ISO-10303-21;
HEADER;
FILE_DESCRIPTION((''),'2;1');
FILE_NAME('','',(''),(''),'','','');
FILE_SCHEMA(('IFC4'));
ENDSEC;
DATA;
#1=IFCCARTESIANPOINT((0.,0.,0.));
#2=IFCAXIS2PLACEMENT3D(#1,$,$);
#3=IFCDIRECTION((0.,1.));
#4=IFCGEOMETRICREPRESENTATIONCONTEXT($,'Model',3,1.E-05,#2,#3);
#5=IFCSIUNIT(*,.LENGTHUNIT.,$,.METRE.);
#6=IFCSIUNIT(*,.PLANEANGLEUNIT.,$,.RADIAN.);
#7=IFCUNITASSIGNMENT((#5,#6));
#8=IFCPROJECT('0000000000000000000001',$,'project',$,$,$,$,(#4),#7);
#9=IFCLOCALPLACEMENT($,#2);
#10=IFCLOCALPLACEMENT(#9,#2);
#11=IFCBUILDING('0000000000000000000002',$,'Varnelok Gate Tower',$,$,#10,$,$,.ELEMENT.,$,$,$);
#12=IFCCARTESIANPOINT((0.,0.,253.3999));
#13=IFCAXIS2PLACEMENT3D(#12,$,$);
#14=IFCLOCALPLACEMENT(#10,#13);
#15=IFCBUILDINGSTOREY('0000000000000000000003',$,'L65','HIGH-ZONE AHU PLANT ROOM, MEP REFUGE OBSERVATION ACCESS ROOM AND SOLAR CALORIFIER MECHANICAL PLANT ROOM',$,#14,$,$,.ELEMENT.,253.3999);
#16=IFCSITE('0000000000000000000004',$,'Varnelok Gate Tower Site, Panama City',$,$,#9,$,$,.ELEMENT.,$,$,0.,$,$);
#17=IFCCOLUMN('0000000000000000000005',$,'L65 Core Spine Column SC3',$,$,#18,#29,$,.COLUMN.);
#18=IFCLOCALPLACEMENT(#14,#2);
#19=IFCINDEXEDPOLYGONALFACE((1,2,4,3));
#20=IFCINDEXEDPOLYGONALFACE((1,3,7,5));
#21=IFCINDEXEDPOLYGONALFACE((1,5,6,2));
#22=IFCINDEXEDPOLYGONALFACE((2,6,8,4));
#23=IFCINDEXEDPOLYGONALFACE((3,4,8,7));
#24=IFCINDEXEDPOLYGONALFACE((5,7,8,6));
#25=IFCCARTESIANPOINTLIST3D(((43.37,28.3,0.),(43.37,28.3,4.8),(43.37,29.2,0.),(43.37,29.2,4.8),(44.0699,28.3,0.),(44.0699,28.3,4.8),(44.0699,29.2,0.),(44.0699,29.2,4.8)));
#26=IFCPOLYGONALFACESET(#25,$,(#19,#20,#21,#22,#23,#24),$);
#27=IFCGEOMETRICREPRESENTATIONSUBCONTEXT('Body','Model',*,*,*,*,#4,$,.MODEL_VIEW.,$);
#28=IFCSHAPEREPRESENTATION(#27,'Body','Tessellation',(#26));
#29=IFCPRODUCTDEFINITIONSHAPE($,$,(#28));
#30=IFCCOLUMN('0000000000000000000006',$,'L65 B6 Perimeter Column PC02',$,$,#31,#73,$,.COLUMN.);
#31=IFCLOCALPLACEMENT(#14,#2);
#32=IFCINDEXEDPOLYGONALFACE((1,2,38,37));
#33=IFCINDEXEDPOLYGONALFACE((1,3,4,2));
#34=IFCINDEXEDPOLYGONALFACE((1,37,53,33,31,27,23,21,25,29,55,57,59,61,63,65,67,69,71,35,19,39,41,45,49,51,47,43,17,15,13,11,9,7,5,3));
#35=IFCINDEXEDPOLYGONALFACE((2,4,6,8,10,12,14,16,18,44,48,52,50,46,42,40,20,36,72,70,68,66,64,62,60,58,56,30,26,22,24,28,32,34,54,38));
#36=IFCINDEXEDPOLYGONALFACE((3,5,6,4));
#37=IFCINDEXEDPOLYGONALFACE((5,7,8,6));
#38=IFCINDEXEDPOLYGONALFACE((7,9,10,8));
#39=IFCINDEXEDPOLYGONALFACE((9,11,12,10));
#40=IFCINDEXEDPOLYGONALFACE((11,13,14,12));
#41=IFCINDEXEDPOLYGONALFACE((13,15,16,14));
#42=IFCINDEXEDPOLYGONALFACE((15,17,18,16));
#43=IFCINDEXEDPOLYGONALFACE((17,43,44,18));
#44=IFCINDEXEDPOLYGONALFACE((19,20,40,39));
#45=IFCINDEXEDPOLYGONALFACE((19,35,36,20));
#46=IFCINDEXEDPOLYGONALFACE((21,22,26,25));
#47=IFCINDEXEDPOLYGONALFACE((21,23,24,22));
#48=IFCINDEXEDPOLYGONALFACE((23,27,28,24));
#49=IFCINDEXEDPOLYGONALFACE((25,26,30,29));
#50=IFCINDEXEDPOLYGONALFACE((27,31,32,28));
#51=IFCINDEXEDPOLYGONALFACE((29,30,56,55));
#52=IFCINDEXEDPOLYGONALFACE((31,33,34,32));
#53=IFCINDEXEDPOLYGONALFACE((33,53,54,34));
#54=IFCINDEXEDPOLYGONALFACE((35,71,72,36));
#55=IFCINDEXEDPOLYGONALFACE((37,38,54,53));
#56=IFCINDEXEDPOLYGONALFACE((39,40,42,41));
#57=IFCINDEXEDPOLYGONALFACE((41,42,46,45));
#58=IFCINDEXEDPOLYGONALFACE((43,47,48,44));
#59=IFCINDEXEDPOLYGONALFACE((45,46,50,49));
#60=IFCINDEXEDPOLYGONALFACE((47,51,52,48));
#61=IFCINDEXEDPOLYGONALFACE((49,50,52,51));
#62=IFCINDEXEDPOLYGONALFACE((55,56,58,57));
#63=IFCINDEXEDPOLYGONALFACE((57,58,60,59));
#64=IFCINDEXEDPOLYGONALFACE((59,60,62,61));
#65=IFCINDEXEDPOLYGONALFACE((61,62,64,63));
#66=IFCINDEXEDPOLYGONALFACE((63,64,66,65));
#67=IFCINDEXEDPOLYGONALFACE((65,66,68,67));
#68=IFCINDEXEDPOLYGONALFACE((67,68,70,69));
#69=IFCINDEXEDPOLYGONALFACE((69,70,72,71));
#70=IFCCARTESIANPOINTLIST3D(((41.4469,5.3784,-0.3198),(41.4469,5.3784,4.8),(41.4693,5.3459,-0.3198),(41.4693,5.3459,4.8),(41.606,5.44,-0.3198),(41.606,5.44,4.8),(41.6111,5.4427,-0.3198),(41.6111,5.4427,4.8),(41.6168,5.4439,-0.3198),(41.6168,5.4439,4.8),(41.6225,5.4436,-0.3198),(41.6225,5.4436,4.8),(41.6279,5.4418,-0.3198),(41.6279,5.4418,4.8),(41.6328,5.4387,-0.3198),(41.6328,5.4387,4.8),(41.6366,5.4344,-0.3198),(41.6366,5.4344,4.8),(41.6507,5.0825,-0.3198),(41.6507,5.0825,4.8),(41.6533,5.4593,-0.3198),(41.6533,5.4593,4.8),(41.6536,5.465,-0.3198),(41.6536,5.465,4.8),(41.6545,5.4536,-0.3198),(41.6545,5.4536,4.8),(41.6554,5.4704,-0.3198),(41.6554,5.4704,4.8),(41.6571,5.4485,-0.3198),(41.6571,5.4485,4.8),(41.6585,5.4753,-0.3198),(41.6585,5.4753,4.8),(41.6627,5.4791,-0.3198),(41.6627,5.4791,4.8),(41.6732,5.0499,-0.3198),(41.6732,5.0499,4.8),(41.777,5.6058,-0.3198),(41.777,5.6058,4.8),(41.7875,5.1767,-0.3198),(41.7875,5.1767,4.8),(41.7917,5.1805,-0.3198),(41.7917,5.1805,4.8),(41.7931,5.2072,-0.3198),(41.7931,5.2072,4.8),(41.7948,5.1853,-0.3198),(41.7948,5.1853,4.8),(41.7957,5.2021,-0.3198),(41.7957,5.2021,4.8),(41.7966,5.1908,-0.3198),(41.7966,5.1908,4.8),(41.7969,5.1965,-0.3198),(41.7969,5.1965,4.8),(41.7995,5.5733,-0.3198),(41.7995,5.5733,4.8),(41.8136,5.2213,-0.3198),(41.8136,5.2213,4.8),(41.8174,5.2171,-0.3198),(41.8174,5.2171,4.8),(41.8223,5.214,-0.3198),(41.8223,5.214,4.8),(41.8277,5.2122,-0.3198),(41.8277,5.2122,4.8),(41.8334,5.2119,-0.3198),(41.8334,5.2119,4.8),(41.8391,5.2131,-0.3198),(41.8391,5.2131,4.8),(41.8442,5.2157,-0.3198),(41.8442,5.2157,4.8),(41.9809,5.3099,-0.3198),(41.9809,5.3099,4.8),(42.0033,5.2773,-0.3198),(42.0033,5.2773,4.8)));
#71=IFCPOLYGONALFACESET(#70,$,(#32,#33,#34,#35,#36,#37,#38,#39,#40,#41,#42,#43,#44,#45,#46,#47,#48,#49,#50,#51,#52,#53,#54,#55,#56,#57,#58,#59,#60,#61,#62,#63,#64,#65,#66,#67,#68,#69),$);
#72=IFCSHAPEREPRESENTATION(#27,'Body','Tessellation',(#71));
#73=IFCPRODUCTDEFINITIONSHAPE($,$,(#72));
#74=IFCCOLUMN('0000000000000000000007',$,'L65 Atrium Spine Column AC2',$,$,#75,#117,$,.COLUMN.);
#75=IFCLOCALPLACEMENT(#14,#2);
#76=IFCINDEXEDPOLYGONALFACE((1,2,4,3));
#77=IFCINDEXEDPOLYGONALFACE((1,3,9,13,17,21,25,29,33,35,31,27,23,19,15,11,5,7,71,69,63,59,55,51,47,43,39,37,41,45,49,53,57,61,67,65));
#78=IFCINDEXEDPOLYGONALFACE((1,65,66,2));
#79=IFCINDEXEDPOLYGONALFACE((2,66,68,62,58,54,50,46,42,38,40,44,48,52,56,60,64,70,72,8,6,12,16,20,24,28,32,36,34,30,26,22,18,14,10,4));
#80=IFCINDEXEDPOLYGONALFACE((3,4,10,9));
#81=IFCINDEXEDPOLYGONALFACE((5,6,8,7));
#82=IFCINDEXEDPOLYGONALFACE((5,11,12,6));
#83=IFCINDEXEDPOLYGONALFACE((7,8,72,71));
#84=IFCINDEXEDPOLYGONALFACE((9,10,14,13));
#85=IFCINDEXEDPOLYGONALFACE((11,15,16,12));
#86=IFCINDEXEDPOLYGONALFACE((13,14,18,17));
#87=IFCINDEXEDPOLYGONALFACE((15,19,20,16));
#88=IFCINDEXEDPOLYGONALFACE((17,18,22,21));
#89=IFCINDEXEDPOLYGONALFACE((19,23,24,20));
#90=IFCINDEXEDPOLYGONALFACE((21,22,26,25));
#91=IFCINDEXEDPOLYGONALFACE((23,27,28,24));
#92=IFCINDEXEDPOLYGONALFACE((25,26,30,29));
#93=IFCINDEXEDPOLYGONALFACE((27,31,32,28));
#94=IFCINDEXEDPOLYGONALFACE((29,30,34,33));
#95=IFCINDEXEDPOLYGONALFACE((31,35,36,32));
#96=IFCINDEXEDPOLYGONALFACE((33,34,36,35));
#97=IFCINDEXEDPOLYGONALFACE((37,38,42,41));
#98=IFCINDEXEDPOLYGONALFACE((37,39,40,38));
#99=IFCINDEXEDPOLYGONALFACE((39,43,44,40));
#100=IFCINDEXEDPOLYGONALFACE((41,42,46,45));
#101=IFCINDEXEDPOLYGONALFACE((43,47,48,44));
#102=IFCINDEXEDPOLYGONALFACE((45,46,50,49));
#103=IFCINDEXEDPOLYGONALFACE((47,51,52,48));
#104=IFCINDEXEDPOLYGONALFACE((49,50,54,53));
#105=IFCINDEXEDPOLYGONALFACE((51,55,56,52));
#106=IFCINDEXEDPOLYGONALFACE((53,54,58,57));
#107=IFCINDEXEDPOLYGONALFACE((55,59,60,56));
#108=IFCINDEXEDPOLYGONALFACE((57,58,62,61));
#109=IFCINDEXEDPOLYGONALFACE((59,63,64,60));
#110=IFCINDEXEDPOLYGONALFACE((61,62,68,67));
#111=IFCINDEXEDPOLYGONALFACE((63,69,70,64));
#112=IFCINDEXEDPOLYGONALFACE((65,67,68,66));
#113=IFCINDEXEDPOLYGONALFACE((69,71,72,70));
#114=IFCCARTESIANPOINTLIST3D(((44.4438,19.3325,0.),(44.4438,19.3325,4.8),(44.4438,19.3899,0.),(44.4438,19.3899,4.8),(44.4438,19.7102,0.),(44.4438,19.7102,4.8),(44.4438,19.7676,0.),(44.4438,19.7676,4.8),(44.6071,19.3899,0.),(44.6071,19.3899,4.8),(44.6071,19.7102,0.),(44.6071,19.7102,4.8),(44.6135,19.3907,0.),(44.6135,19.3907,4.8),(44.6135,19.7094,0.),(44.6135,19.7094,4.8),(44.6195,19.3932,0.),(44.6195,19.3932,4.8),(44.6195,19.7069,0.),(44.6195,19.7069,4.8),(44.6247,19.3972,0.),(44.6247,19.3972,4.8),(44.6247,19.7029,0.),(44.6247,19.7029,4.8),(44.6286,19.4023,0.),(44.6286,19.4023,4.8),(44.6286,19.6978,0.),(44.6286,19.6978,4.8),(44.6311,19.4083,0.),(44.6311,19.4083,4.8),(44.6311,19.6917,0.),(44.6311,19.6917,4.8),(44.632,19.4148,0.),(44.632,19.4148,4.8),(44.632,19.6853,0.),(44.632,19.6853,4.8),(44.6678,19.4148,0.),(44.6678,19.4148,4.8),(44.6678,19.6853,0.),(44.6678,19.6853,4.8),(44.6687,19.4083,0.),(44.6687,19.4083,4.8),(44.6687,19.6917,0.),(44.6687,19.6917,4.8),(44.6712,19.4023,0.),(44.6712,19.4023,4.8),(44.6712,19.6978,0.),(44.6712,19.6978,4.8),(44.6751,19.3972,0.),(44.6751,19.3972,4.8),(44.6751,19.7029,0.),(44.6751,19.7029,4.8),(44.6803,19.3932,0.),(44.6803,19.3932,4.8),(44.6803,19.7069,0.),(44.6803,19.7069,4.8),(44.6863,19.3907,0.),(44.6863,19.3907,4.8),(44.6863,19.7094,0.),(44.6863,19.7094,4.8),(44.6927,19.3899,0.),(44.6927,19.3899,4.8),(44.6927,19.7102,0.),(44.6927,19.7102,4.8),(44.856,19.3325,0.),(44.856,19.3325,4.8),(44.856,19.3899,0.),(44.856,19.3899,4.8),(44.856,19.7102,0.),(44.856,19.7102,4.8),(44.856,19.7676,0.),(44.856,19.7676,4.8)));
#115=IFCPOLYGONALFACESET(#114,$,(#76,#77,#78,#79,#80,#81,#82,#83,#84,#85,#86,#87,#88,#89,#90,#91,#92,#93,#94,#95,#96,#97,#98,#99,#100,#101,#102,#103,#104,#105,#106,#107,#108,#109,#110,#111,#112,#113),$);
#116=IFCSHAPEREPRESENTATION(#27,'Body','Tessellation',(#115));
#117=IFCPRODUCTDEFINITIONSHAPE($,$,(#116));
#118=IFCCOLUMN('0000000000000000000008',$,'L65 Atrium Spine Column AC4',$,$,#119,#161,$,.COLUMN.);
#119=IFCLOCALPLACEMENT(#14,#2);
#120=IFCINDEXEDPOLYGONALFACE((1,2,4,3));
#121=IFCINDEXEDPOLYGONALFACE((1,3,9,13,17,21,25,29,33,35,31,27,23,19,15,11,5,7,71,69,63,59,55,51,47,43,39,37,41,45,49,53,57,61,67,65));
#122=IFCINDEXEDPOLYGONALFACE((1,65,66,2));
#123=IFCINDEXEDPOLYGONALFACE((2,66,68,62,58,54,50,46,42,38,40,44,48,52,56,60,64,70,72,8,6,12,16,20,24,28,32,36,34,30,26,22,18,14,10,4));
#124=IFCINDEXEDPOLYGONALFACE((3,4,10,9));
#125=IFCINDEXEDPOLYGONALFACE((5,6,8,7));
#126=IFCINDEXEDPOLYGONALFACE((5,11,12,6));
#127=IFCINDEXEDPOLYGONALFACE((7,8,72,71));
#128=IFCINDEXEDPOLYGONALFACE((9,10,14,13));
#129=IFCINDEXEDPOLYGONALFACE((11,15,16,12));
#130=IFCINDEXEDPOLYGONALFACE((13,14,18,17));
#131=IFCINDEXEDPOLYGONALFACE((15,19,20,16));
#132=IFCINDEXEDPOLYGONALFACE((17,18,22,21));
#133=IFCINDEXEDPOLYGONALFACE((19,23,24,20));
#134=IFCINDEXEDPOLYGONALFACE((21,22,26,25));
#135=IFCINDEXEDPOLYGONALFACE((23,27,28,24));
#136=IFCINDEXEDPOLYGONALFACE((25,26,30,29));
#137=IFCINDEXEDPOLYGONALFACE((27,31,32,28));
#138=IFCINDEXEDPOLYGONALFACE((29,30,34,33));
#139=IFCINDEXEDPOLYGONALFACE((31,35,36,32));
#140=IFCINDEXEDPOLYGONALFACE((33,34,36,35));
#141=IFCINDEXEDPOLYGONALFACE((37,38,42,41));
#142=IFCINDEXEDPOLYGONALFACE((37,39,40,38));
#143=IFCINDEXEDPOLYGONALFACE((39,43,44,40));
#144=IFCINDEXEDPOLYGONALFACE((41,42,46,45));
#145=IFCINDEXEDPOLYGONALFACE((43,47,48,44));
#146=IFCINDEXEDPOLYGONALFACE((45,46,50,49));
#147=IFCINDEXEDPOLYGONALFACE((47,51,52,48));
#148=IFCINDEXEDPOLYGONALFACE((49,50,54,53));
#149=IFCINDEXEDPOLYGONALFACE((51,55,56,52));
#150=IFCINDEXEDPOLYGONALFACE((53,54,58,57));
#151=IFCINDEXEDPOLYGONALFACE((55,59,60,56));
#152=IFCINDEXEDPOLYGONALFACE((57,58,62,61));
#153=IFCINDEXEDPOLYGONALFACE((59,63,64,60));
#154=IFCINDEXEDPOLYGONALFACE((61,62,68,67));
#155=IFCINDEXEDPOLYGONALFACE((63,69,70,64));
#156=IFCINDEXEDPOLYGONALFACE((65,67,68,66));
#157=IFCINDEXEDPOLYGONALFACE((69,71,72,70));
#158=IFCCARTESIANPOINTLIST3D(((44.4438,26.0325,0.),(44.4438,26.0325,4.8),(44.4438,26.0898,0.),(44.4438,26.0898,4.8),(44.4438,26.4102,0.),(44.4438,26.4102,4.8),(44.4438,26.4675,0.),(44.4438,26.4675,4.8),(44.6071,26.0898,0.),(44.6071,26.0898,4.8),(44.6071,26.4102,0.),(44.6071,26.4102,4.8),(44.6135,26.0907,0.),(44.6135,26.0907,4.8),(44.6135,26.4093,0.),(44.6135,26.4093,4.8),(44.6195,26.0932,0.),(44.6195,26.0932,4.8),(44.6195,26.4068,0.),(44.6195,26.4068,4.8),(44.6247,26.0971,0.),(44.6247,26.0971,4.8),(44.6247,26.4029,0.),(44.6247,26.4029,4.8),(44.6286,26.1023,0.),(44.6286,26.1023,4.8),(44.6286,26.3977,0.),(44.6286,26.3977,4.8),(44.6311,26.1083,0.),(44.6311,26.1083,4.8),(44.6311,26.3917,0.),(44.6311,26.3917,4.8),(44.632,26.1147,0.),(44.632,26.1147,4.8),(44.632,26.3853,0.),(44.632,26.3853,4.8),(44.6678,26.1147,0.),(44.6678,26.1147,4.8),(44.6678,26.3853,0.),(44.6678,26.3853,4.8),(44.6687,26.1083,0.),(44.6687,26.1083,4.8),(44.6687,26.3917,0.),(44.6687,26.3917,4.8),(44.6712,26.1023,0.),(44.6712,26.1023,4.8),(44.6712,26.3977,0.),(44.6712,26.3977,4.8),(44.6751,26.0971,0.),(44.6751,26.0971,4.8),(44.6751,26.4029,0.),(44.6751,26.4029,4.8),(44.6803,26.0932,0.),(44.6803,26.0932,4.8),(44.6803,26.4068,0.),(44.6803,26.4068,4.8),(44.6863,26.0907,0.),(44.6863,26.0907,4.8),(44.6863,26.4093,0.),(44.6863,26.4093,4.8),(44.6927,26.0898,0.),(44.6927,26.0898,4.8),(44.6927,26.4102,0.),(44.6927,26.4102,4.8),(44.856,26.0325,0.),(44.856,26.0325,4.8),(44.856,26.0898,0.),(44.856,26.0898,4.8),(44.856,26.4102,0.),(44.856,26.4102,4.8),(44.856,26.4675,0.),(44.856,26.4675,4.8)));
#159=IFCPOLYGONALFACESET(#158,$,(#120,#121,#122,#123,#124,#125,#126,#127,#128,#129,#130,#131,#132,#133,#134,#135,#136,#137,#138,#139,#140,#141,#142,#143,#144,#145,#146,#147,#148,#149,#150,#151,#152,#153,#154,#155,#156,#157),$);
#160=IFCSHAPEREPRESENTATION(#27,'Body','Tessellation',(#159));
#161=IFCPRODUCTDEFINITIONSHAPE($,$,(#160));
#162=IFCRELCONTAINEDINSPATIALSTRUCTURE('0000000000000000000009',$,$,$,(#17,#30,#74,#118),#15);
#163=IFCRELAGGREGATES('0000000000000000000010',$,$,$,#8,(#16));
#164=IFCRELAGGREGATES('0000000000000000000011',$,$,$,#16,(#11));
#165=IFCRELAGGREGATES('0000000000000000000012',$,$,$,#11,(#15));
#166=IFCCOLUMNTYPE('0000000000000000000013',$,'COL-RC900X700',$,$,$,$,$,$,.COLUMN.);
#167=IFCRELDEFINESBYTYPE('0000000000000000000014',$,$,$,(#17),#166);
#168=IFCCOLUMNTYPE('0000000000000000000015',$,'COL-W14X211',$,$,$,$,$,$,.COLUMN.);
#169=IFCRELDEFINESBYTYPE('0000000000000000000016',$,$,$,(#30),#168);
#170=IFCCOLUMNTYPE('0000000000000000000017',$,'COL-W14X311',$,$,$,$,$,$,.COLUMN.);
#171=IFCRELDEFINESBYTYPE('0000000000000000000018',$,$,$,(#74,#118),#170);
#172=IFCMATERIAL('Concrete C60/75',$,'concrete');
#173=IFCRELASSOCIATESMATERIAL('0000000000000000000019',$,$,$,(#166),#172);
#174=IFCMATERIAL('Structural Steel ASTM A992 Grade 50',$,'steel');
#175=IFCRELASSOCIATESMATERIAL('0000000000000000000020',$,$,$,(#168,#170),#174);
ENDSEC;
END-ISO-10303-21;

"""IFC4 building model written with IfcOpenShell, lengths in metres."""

from ifc_helpers import new_model, si_unit, direction, frame, origin, origin_2d, place, context, subcontext, project, spatial, rectangle, i_section, extrude, material, material_profile, profile_set, type_object, element, save


model = new_model("IFC4")

# Units and contexts
model_context = context("Model", 3, precision=1e-05, world=origin(), true_north=direction((0.0, 1.0)))
body_context = subcontext(model_context, "Body", "Model", "MODEL_VIEW")
ifc_project = project(units=[si_unit("LENGTHUNIT", "METRE"), si_unit("PLANEANGLEUNIT", "RADIAN")], contexts=[model_context])

# Site, building, storey
site_placement = place(None, origin())
site = spatial("IfcSite", under=ifc_project, at=site_placement, Name="Varnelok Gate Tower Site, Panama City", CompositionType="ELEMENT", RefElevation=0.0)
building_placement = place(site_placement, origin())
building = spatial("IfcBuilding", under=site, at=building_placement, Name="Varnelok Gate Tower", CompositionType="ELEMENT")
storey_placement = place(building_placement, frame((0.0, 0.0, 253.3999)))
storey = spatial("IfcBuildingStorey", under=building, at=storey_placement, Name="L65", Description="HIGH-ZONE AHU PLANT ROOM, MEP REFUGE OBSERVATION ACCESS ROOM AND SOLAR CALORIFIER MECHANICAL PLANT ROOM", CompositionType="ELEMENT", Elevation=253.3999)

# Columns
ifc_material_1 = material(Name="Concrete C60/75", Category="concrete")
ifc_material_profile_1 = material_profile(ifc_material_1, rectangle(XDim=0.7, YDim=0.8999, at=origin_2d()), Name="RC900X700")
ifc_profile_set_1 = profile_set([ifc_material_profile_1], Name="Concrete C60/75")
column_type_1 = type_object("IfcColumnType", Name="COL-RC900X700", PredefinedType="COLUMN", material=ifc_profile_set_1)
column_1_placement = place(storey_placement, frame((43.72, 28.75, 0.0), z_axis=(0.0, 0.0, 1.0), x_axis=(1.0, 0.0, 0.0)))
element("IfcColumn", 1, at=column_1_placement, inside=storey, type_object=column_type_1, Name="L65 Core Spine Column SC3", PredefinedType="COLUMN", context=body_context, shape_type="SweptSolid", body=[
    extrude(rectangle(XDim=0.7, YDim=0.8999, at=origin_2d()), origin(), (0.0, 0.0, 1.0), 4.8),
])
ifc_material_2 = material(Name="Structural Steel ASTM A992 Grade 50", Category="steel")
ifc_material_profile_2 = material_profile(ifc_material_2, i_section(OverallWidth=0.4009, OverallDepth=0.3989, WebThickness=0.0249, FlangeThickness=0.0396, FilletRadius=0.022, at=origin_2d()), Name="W14X211")
ifc_profile_set_2 = profile_set([ifc_material_profile_2], Name="Structural Steel ASTM A992 Grade 50")
column_type_2 = type_object("IfcColumnType", Name="COL-W14X211", PredefinedType="COLUMN", material=ifc_profile_set_2)
column_2_placement = place(storey_placement, frame((41.7251, 5.3279, -0.3198), z_axis=(0.0, 0.0, 1.0), x_axis=(0.823533, 0.567269, 0.0)))
element("IfcColumn", 2, at=column_2_placement, inside=storey, type_object=column_type_2, Name="L65 B6 Perimeter Column PC02", PredefinedType="COLUMN", context=body_context, shape_type="SweptSolid", body=[
    extrude(i_section(OverallWidth=0.4009, OverallDepth=0.3989, WebThickness=0.0249, FlangeThickness=0.0396, FilletRadius=0.022, at=origin_2d()), origin(), (0.0, 0.0, 1.0), 5.1199),
])
ifc_material_profile_3 = material_profile(ifc_material_2, i_section(OverallWidth=0.4121, OverallDepth=0.4351, WebThickness=0.0359, FlangeThickness=0.0574, FilletRadius=0.0249, at=origin_2d()), Name="W14X311")
ifc_profile_set_3 = profile_set([ifc_material_profile_3], Name="Structural Steel ASTM A992 Grade 50")
column_type_3 = type_object("IfcColumnType", Name="COL-W14X311", PredefinedType="COLUMN", material=ifc_profile_set_3)
for number, where, z_axis, x_axis, name in (
    (3, (44.6499, 19.55, 0.0), (0.0, 0.0, 1.0), (1.0, 0.0, 0.0), "L65 Atrium Spine Column AC2"),
    (4, (44.6499, 26.25, 0.0), (0.0, 0.0, 1.0), (1.0, 0.0, 0.0), "L65 Atrium Spine Column AC4"),
):
    element("IfcColumn", number, at=place(storey_placement, frame(where, z_axis=z_axis, x_axis=x_axis)), inside=storey, type_object=column_type_3, Name=name, PredefinedType="COLUMN", context=body_context, shape_type="SweptSolid", body=[
        extrude(i_section(OverallWidth=0.4121, OverallDepth=0.4351, WebThickness=0.0359, FlangeThickness=0.0574, FilletRadius=0.0249, at=origin_2d()), origin(), (0.0, 0.0, 1.0), 4.8),
    ])

save(model, "model.ifc")
